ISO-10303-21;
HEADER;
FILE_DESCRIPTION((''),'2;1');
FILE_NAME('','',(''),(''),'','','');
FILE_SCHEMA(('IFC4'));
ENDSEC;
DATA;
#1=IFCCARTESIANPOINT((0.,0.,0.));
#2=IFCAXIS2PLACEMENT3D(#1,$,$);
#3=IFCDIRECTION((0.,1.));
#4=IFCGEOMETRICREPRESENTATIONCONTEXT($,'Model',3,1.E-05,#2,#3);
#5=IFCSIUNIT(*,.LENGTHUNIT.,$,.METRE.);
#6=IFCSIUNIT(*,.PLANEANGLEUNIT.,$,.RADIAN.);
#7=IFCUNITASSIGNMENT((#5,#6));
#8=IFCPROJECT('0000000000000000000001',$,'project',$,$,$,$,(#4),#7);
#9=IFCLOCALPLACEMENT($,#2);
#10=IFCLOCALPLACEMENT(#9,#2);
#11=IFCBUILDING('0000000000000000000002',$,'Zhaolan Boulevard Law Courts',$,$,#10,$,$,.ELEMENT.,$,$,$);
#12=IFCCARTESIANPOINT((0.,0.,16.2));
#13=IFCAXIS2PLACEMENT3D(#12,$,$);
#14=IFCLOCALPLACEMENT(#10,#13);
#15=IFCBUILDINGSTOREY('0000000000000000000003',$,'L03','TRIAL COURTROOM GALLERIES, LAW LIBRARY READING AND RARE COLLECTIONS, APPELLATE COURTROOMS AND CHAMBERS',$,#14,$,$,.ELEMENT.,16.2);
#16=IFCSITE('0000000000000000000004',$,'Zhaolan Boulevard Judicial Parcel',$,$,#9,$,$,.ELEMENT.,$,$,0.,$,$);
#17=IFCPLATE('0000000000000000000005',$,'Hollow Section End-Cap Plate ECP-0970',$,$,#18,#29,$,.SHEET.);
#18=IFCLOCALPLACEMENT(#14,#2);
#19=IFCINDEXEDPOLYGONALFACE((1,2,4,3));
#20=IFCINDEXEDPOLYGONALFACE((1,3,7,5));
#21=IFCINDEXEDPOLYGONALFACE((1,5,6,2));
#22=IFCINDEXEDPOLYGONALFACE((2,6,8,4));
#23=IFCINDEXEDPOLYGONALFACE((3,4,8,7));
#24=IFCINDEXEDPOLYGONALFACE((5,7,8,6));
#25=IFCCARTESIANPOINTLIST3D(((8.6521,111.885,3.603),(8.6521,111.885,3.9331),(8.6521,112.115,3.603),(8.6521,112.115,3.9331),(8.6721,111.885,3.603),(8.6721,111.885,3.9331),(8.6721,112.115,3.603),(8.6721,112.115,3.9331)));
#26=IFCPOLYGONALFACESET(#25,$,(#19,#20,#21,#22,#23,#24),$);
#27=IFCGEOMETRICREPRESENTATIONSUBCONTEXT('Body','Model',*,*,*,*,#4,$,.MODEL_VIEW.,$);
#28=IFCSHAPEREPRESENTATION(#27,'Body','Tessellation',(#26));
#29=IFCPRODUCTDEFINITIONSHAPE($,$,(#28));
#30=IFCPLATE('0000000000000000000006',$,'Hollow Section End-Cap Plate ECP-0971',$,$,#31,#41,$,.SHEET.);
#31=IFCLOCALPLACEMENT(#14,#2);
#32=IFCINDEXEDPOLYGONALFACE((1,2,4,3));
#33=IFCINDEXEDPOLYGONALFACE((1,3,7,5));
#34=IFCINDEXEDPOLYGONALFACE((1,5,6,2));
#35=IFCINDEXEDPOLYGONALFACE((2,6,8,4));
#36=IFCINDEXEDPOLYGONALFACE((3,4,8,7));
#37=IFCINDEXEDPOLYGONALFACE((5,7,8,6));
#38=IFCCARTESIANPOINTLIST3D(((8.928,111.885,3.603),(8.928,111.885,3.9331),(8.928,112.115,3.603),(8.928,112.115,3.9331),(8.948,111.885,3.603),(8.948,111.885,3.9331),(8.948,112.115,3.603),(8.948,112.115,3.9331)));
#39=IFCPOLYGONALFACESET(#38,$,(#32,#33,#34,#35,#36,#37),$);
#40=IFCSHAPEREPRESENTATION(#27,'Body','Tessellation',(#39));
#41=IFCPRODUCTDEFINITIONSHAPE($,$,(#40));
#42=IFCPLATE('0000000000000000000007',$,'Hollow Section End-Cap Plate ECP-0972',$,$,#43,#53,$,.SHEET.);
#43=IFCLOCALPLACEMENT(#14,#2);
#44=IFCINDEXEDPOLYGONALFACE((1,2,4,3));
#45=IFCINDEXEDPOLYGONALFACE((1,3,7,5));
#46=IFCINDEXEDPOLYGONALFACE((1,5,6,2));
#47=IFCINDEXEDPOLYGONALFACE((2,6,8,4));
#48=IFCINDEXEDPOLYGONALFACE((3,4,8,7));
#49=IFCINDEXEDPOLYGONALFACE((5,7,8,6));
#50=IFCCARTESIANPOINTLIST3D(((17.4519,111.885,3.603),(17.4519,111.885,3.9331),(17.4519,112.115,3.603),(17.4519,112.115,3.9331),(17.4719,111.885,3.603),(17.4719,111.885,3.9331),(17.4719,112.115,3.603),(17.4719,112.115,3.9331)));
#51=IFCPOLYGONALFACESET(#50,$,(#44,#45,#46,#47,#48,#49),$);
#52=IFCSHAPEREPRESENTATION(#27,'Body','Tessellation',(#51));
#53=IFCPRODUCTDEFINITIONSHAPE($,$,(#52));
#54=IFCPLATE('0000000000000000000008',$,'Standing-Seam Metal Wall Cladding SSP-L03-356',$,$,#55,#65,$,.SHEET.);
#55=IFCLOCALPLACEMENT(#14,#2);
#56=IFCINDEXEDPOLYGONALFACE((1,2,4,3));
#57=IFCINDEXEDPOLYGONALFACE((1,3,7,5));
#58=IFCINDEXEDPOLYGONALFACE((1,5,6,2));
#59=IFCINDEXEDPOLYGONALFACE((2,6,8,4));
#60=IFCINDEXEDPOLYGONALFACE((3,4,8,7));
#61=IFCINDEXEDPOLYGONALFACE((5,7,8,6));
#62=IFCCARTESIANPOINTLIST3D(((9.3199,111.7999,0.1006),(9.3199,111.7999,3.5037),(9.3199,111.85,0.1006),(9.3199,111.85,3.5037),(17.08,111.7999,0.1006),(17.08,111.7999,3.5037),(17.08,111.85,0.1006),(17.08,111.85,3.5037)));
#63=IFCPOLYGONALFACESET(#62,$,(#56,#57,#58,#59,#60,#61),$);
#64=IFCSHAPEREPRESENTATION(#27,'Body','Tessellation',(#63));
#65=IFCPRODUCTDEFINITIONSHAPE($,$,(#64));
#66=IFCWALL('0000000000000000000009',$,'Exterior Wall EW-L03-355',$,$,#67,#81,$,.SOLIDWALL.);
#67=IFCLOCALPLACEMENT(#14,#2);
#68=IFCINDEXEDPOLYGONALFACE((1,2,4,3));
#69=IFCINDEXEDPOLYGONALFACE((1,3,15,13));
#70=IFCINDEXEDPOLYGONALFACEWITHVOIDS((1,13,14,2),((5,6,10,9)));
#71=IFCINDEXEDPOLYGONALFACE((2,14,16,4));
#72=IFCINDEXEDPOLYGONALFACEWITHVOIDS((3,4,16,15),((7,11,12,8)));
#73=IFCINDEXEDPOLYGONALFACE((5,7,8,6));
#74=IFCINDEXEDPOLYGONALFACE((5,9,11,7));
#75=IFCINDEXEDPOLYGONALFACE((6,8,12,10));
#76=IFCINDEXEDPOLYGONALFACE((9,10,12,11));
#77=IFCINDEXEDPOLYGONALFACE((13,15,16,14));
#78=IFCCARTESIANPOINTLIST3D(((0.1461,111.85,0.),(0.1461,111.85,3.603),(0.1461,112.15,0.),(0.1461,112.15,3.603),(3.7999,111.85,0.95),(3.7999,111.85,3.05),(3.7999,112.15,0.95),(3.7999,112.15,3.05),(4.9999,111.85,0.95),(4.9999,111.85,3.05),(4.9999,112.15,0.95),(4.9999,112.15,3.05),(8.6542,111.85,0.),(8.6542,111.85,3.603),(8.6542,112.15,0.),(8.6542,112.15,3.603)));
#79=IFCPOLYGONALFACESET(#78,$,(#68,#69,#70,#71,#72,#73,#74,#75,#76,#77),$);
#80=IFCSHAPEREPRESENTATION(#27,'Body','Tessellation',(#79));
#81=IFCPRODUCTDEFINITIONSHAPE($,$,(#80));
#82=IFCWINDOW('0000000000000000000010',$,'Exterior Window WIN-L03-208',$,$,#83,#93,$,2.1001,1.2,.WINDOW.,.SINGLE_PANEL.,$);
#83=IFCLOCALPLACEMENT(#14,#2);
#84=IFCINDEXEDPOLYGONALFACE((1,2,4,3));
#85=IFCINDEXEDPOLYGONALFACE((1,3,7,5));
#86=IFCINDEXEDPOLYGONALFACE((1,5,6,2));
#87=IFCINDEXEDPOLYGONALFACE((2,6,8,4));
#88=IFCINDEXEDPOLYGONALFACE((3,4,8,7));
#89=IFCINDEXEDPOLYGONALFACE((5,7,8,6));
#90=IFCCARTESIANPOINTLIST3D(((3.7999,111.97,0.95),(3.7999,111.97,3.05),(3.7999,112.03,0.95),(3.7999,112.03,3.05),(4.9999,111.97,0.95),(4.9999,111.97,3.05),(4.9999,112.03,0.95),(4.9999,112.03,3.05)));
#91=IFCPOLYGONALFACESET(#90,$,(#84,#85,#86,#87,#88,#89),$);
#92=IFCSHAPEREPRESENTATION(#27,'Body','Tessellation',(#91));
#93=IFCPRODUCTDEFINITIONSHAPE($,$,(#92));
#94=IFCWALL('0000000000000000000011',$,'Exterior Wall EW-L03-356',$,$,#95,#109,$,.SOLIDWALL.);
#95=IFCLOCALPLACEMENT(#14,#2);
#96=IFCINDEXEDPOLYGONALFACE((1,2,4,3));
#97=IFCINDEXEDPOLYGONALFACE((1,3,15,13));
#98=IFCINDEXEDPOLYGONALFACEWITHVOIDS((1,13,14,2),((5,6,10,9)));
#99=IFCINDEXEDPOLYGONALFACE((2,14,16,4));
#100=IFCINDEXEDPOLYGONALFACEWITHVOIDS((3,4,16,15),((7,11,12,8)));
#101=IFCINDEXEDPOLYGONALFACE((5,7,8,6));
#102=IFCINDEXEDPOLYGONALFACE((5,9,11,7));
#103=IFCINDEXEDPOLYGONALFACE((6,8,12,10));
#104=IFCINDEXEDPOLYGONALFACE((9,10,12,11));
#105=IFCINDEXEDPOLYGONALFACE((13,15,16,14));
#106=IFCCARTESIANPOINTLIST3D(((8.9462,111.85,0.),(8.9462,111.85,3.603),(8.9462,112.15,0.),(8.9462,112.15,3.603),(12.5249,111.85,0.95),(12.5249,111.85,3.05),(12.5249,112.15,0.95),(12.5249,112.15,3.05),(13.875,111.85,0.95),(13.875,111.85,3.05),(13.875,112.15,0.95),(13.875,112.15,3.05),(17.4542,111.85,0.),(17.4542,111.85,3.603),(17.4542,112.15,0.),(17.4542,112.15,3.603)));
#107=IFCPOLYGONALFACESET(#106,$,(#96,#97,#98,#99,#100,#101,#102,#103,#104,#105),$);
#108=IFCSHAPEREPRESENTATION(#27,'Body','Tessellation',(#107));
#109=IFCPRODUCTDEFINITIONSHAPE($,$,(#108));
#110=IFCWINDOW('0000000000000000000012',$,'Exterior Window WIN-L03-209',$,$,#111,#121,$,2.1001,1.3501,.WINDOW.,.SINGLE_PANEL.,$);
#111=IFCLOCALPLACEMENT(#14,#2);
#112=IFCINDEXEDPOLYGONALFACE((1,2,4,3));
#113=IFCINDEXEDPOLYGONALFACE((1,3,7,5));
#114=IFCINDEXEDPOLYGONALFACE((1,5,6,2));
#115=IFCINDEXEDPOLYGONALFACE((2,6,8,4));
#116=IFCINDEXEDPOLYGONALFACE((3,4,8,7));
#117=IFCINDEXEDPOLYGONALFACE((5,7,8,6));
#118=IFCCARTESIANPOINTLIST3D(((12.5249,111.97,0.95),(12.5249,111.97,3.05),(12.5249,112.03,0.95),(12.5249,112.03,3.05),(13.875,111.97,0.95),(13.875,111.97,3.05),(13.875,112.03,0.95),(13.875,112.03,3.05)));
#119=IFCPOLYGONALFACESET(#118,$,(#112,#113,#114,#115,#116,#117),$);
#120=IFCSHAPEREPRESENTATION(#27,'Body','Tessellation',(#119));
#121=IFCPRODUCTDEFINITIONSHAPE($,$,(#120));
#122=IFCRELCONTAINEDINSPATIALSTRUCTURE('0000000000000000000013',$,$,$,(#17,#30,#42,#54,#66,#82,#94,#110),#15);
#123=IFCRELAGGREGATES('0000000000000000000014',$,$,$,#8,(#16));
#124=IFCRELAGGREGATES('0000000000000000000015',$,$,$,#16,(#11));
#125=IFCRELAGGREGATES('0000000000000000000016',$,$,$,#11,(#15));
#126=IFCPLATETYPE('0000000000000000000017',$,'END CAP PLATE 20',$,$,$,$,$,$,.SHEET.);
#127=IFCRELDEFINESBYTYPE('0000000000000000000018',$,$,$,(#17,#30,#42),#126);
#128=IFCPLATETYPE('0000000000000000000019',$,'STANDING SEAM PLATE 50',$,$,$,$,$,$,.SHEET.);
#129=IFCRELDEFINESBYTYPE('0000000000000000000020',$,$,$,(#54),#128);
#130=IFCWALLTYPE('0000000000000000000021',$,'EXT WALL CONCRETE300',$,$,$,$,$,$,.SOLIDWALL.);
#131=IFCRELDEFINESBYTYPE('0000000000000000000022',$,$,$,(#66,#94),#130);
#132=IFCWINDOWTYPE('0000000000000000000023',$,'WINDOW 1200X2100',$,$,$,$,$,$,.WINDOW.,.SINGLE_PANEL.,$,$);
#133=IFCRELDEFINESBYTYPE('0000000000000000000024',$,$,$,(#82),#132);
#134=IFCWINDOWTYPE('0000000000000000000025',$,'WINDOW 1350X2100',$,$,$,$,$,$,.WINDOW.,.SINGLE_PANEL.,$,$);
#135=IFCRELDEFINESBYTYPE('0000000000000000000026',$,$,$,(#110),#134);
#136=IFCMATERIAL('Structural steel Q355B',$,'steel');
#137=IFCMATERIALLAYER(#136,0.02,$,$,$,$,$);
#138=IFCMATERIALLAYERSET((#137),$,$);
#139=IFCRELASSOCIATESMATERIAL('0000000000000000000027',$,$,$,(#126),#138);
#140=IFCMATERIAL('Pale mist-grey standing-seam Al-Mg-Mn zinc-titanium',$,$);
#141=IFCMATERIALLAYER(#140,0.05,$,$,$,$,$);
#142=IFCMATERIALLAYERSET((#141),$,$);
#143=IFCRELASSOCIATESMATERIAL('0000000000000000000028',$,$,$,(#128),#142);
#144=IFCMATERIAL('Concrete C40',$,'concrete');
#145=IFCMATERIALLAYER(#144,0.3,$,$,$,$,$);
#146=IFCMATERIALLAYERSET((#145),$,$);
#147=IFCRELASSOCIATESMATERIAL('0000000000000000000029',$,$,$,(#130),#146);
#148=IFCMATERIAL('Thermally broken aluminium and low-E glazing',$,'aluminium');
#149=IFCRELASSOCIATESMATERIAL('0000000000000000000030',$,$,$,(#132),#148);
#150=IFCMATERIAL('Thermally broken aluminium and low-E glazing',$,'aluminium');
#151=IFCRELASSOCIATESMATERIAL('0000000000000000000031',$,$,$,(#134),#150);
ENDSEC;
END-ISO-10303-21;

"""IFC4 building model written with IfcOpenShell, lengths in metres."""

from ifc_helpers import new_model, si_unit, direction, frame, frame_2d, origin, origin_2d, place, context, subcontext, project, spatial, rectangle, extrude, material, layer, layer_set, type_object, element, fill, save


model = new_model("IFC4")

# Units and contexts
model_context = context("Model", 3, precision=1e-05, world=origin(), true_north=direction((0.0, 1.0)))
body_context = subcontext(model_context, "Body", "Model", "MODEL_VIEW")
ifc_project = project(units=[si_unit("LENGTHUNIT", "METRE"), si_unit("PLANEANGLEUNIT", "RADIAN")], contexts=[model_context])

# Site, building, storey
site_placement = place(None, origin())
site = spatial("IfcSite", under=ifc_project, at=site_placement, Name="Zhaolan Boulevard Judicial Parcel", CompositionType="ELEMENT", RefElevation=0.0)
building_placement = place(site_placement, origin())
building = spatial("IfcBuilding", under=site, at=building_placement, Name="Zhaolan Boulevard Law Courts", CompositionType="ELEMENT")
storey_placement = place(building_placement, frame((0.0, 0.0, 16.2)))
storey = spatial("IfcBuildingStorey", under=building, at=storey_placement, Name="L03", Description="TRIAL COURTROOM GALLERIES, LAW LIBRARY READING AND RARE COLLECTIONS, APPELLATE COURTROOMS AND CHAMBERS", CompositionType="ELEMENT", Elevation=16.2)

# Plates
ifc_material_1 = material(Name="Structural steel Q355B", Category="steel")
ifc_layer_1 = layer(ifc_material_1, 0.02)
ifc_layer_set_1 = layer_set([ifc_layer_1])
plate_type_1 = type_object("IfcPlateType", Name="END CAP PLATE 20", PredefinedType="SHEET", material=ifc_layer_set_1)
for number, where, z_axis, x_axis, name in (
    (1, (8.6621, 112.0, 3.603), (0.0, 0.0, 1.0), (1.0, 0.0, 0.0), "Hollow Section End-Cap Plate ECP-0970"),
    (2, (8.938, 112.0, 3.603), (0.0, 0.0, 1.0), (1.0, 0.0, 0.0), "Hollow Section End-Cap Plate ECP-0971"),
    (3, (17.4619, 112.0, 3.603), (0.0, 0.0, 1.0), (1.0, 0.0, 0.0), "Hollow Section End-Cap Plate ECP-0972"),
):
    element("IfcPlate", number, at=place(storey_placement, frame(where, z_axis=z_axis, x_axis=x_axis)), inside=storey, type_object=plate_type_1, Name=name, PredefinedType="SHEET", context=body_context, shape_type="SweptSolid", body=[
        extrude(rectangle(XDim=0.02, YDim=0.23, at=origin_2d()), origin(), (0.0, 0.0, 1.0), 0.3301),
    ])
ifc_material_2 = material(Name="Pale mist-grey standing-seam Al-Mg-Mn zinc-titanium")
ifc_layer_2 = layer(ifc_material_2, 0.05)
ifc_layer_set_2 = layer_set([ifc_layer_2])
plate_type_2 = type_object("IfcPlateType", Name="STANDING SEAM PLATE 50", PredefinedType="SHEET", material=ifc_layer_set_2)
plate_1_placement = place(storey_placement, frame((13.2, 111.825, 0.1006), z_axis=(0.0, 0.0, 1.0), x_axis=(-1.0, 0.0, 0.0)))
element("IfcPlate", 4, at=plate_1_placement, inside=storey, type_object=plate_type_2, Name="Standing-Seam Metal Wall Cladding SSP-L03-356", PredefinedType="SHEET", context=body_context, shape_type="SweptSolid", body=[
    extrude(rectangle(XDim=7.76, YDim=0.05, at=origin_2d()), origin(), (0.0, 0.0, 1.0), 3.4031),
])

# Walls, openings, windows
ifc_material_3 = material(Name="Concrete C40", Category="concrete")
ifc_layer_3 = layer(ifc_material_3, 0.3)
ifc_layer_set_3 = layer_set([ifc_layer_3])
wall_type = type_object("IfcWallType", Name="EXT WALL CONCRETE300", PredefinedType="SOLIDWALL", material=ifc_layer_set_3)
wall_1_placement = place(storey_placement, frame((8.6541, 112.0, 0.0), z_axis=(0.0, 0.0, 1.0), x_axis=(-1.0, 0.0, 0.0)))
wall_1 = element("IfcWall", 5, at=wall_1_placement, inside=storey, type_object=wall_type, Name="Exterior Wall EW-L03-355", PredefinedType="SOLIDWALL", context=body_context, shape_type="SweptSolid", body=[
    extrude(rectangle(XDim=8.5081, YDim=0.3, at=frame_2d((4.2539, 0.0))), origin(), (0.0, 0.0, 1.0), 3.603),
])
opening_1_placement = place(wall_1_placement, frame((3.6541, 0.0, 0.95)))
opening_1 = element("IfcOpeningElement", 6, at=opening_1_placement, cuts=wall_1, PredefinedType="OPENING", context=body_context, shape_type="SweptSolid", body=[
    extrude(rectangle(XDim=1.2, YDim=2.1001, at=frame_2d((0.6001, 1.05))), frame((0.0, 0.1599, 0.0), z_axis=(0.0, -1.0, 0.0), x_axis=(1.0, 0.0, 0.0)), (0.0, 0.0, 1.0), 0.3201),
])
ifc_material_4 = material(Name="Thermally broken aluminium and low-E glazing", Category="aluminium")
window_type_1 = type_object("IfcWindowType", Name="WINDOW 1200X2100", PartitioningType="SINGLE_PANEL", PredefinedType="WINDOW", material=ifc_material_4)
window_1_placement = place(opening_1_placement, origin())
window_1 = element("IfcWindow", 7, at=window_1_placement, inside=storey, type_object=window_type_1, Name="Exterior Window WIN-L03-208", OverallHeight=2.1001, OverallWidth=1.2, PartitioningType="SINGLE_PANEL", PredefinedType="WINDOW", context=body_context, shape_type="SweptSolid", body=[
    extrude(rectangle(XDim=1.2, YDim=2.1001, at=frame_2d((0.6001, 1.05))), frame((0.0, 0.03, 0.0), z_axis=(0.0, -1.0, 0.0), x_axis=(1.0, 0.0, 0.0)), (0.0, 0.0, 1.0), 0.0601),
])
fill(opening_1, window_1)
wall_2_placement = place(storey_placement, frame((17.4541, 112.0, 0.0), z_axis=(0.0, 0.0, 1.0), x_axis=(-1.0, 0.0, 0.0)))
wall_2 = element("IfcWall", 8, at=wall_2_placement, inside=storey, type_object=wall_type, Name="Exterior Wall EW-L03-356", PredefinedType="SOLIDWALL", context=body_context, shape_type="SweptSolid", body=[
    extrude(rectangle(XDim=8.5081, YDim=0.3, at=frame_2d((4.2539, 0.0))), origin(), (0.0, 0.0, 1.0), 3.603),
])
opening_2_placement = place(wall_2_placement, frame((3.5791, 0.0, 0.95)))
opening_2 = element("IfcOpeningElement", 9, at=opening_2_placement, cuts=wall_2, PredefinedType="OPENING", context=body_context, shape_type="SweptSolid", body=[
    extrude(rectangle(XDim=1.3501, YDim=2.1001, at=frame_2d((0.675, 1.05))), frame((0.0, 0.1599, 0.0), z_axis=(0.0, -1.0, 0.0), x_axis=(1.0, 0.0, 0.0)), (0.0, 0.0, 1.0), 0.3201),
])
ifc_material_5 = material(Name="Thermally broken aluminium and low-E glazing", Category="aluminium")
window_type_2 = type_object("IfcWindowType", Name="WINDOW 1350X2100", PartitioningType="SINGLE_PANEL", PredefinedType="WINDOW", material=ifc_material_5)
window_2_placement = place(opening_2_placement, origin())
window_2 = element("IfcWindow", 10, at=window_2_placement, inside=storey, type_object=window_type_2, Name="Exterior Window WIN-L03-209", OverallHeight=2.1001, OverallWidth=1.3501, PartitioningType="SINGLE_PANEL", PredefinedType="WINDOW", context=body_context, shape_type="SweptSolid", body=[
    extrude(rectangle(XDim=1.3501, YDim=2.1001, at=frame_2d((0.675, 1.05))), frame((0.0, 0.03, 0.0), z_axis=(0.0, -1.0, 0.0), x_axis=(1.0, 0.0, 0.0)), (0.0, 0.0, 1.0), 0.0601),
])
fill(opening_2, window_2)

save(model, "model.ifc")
